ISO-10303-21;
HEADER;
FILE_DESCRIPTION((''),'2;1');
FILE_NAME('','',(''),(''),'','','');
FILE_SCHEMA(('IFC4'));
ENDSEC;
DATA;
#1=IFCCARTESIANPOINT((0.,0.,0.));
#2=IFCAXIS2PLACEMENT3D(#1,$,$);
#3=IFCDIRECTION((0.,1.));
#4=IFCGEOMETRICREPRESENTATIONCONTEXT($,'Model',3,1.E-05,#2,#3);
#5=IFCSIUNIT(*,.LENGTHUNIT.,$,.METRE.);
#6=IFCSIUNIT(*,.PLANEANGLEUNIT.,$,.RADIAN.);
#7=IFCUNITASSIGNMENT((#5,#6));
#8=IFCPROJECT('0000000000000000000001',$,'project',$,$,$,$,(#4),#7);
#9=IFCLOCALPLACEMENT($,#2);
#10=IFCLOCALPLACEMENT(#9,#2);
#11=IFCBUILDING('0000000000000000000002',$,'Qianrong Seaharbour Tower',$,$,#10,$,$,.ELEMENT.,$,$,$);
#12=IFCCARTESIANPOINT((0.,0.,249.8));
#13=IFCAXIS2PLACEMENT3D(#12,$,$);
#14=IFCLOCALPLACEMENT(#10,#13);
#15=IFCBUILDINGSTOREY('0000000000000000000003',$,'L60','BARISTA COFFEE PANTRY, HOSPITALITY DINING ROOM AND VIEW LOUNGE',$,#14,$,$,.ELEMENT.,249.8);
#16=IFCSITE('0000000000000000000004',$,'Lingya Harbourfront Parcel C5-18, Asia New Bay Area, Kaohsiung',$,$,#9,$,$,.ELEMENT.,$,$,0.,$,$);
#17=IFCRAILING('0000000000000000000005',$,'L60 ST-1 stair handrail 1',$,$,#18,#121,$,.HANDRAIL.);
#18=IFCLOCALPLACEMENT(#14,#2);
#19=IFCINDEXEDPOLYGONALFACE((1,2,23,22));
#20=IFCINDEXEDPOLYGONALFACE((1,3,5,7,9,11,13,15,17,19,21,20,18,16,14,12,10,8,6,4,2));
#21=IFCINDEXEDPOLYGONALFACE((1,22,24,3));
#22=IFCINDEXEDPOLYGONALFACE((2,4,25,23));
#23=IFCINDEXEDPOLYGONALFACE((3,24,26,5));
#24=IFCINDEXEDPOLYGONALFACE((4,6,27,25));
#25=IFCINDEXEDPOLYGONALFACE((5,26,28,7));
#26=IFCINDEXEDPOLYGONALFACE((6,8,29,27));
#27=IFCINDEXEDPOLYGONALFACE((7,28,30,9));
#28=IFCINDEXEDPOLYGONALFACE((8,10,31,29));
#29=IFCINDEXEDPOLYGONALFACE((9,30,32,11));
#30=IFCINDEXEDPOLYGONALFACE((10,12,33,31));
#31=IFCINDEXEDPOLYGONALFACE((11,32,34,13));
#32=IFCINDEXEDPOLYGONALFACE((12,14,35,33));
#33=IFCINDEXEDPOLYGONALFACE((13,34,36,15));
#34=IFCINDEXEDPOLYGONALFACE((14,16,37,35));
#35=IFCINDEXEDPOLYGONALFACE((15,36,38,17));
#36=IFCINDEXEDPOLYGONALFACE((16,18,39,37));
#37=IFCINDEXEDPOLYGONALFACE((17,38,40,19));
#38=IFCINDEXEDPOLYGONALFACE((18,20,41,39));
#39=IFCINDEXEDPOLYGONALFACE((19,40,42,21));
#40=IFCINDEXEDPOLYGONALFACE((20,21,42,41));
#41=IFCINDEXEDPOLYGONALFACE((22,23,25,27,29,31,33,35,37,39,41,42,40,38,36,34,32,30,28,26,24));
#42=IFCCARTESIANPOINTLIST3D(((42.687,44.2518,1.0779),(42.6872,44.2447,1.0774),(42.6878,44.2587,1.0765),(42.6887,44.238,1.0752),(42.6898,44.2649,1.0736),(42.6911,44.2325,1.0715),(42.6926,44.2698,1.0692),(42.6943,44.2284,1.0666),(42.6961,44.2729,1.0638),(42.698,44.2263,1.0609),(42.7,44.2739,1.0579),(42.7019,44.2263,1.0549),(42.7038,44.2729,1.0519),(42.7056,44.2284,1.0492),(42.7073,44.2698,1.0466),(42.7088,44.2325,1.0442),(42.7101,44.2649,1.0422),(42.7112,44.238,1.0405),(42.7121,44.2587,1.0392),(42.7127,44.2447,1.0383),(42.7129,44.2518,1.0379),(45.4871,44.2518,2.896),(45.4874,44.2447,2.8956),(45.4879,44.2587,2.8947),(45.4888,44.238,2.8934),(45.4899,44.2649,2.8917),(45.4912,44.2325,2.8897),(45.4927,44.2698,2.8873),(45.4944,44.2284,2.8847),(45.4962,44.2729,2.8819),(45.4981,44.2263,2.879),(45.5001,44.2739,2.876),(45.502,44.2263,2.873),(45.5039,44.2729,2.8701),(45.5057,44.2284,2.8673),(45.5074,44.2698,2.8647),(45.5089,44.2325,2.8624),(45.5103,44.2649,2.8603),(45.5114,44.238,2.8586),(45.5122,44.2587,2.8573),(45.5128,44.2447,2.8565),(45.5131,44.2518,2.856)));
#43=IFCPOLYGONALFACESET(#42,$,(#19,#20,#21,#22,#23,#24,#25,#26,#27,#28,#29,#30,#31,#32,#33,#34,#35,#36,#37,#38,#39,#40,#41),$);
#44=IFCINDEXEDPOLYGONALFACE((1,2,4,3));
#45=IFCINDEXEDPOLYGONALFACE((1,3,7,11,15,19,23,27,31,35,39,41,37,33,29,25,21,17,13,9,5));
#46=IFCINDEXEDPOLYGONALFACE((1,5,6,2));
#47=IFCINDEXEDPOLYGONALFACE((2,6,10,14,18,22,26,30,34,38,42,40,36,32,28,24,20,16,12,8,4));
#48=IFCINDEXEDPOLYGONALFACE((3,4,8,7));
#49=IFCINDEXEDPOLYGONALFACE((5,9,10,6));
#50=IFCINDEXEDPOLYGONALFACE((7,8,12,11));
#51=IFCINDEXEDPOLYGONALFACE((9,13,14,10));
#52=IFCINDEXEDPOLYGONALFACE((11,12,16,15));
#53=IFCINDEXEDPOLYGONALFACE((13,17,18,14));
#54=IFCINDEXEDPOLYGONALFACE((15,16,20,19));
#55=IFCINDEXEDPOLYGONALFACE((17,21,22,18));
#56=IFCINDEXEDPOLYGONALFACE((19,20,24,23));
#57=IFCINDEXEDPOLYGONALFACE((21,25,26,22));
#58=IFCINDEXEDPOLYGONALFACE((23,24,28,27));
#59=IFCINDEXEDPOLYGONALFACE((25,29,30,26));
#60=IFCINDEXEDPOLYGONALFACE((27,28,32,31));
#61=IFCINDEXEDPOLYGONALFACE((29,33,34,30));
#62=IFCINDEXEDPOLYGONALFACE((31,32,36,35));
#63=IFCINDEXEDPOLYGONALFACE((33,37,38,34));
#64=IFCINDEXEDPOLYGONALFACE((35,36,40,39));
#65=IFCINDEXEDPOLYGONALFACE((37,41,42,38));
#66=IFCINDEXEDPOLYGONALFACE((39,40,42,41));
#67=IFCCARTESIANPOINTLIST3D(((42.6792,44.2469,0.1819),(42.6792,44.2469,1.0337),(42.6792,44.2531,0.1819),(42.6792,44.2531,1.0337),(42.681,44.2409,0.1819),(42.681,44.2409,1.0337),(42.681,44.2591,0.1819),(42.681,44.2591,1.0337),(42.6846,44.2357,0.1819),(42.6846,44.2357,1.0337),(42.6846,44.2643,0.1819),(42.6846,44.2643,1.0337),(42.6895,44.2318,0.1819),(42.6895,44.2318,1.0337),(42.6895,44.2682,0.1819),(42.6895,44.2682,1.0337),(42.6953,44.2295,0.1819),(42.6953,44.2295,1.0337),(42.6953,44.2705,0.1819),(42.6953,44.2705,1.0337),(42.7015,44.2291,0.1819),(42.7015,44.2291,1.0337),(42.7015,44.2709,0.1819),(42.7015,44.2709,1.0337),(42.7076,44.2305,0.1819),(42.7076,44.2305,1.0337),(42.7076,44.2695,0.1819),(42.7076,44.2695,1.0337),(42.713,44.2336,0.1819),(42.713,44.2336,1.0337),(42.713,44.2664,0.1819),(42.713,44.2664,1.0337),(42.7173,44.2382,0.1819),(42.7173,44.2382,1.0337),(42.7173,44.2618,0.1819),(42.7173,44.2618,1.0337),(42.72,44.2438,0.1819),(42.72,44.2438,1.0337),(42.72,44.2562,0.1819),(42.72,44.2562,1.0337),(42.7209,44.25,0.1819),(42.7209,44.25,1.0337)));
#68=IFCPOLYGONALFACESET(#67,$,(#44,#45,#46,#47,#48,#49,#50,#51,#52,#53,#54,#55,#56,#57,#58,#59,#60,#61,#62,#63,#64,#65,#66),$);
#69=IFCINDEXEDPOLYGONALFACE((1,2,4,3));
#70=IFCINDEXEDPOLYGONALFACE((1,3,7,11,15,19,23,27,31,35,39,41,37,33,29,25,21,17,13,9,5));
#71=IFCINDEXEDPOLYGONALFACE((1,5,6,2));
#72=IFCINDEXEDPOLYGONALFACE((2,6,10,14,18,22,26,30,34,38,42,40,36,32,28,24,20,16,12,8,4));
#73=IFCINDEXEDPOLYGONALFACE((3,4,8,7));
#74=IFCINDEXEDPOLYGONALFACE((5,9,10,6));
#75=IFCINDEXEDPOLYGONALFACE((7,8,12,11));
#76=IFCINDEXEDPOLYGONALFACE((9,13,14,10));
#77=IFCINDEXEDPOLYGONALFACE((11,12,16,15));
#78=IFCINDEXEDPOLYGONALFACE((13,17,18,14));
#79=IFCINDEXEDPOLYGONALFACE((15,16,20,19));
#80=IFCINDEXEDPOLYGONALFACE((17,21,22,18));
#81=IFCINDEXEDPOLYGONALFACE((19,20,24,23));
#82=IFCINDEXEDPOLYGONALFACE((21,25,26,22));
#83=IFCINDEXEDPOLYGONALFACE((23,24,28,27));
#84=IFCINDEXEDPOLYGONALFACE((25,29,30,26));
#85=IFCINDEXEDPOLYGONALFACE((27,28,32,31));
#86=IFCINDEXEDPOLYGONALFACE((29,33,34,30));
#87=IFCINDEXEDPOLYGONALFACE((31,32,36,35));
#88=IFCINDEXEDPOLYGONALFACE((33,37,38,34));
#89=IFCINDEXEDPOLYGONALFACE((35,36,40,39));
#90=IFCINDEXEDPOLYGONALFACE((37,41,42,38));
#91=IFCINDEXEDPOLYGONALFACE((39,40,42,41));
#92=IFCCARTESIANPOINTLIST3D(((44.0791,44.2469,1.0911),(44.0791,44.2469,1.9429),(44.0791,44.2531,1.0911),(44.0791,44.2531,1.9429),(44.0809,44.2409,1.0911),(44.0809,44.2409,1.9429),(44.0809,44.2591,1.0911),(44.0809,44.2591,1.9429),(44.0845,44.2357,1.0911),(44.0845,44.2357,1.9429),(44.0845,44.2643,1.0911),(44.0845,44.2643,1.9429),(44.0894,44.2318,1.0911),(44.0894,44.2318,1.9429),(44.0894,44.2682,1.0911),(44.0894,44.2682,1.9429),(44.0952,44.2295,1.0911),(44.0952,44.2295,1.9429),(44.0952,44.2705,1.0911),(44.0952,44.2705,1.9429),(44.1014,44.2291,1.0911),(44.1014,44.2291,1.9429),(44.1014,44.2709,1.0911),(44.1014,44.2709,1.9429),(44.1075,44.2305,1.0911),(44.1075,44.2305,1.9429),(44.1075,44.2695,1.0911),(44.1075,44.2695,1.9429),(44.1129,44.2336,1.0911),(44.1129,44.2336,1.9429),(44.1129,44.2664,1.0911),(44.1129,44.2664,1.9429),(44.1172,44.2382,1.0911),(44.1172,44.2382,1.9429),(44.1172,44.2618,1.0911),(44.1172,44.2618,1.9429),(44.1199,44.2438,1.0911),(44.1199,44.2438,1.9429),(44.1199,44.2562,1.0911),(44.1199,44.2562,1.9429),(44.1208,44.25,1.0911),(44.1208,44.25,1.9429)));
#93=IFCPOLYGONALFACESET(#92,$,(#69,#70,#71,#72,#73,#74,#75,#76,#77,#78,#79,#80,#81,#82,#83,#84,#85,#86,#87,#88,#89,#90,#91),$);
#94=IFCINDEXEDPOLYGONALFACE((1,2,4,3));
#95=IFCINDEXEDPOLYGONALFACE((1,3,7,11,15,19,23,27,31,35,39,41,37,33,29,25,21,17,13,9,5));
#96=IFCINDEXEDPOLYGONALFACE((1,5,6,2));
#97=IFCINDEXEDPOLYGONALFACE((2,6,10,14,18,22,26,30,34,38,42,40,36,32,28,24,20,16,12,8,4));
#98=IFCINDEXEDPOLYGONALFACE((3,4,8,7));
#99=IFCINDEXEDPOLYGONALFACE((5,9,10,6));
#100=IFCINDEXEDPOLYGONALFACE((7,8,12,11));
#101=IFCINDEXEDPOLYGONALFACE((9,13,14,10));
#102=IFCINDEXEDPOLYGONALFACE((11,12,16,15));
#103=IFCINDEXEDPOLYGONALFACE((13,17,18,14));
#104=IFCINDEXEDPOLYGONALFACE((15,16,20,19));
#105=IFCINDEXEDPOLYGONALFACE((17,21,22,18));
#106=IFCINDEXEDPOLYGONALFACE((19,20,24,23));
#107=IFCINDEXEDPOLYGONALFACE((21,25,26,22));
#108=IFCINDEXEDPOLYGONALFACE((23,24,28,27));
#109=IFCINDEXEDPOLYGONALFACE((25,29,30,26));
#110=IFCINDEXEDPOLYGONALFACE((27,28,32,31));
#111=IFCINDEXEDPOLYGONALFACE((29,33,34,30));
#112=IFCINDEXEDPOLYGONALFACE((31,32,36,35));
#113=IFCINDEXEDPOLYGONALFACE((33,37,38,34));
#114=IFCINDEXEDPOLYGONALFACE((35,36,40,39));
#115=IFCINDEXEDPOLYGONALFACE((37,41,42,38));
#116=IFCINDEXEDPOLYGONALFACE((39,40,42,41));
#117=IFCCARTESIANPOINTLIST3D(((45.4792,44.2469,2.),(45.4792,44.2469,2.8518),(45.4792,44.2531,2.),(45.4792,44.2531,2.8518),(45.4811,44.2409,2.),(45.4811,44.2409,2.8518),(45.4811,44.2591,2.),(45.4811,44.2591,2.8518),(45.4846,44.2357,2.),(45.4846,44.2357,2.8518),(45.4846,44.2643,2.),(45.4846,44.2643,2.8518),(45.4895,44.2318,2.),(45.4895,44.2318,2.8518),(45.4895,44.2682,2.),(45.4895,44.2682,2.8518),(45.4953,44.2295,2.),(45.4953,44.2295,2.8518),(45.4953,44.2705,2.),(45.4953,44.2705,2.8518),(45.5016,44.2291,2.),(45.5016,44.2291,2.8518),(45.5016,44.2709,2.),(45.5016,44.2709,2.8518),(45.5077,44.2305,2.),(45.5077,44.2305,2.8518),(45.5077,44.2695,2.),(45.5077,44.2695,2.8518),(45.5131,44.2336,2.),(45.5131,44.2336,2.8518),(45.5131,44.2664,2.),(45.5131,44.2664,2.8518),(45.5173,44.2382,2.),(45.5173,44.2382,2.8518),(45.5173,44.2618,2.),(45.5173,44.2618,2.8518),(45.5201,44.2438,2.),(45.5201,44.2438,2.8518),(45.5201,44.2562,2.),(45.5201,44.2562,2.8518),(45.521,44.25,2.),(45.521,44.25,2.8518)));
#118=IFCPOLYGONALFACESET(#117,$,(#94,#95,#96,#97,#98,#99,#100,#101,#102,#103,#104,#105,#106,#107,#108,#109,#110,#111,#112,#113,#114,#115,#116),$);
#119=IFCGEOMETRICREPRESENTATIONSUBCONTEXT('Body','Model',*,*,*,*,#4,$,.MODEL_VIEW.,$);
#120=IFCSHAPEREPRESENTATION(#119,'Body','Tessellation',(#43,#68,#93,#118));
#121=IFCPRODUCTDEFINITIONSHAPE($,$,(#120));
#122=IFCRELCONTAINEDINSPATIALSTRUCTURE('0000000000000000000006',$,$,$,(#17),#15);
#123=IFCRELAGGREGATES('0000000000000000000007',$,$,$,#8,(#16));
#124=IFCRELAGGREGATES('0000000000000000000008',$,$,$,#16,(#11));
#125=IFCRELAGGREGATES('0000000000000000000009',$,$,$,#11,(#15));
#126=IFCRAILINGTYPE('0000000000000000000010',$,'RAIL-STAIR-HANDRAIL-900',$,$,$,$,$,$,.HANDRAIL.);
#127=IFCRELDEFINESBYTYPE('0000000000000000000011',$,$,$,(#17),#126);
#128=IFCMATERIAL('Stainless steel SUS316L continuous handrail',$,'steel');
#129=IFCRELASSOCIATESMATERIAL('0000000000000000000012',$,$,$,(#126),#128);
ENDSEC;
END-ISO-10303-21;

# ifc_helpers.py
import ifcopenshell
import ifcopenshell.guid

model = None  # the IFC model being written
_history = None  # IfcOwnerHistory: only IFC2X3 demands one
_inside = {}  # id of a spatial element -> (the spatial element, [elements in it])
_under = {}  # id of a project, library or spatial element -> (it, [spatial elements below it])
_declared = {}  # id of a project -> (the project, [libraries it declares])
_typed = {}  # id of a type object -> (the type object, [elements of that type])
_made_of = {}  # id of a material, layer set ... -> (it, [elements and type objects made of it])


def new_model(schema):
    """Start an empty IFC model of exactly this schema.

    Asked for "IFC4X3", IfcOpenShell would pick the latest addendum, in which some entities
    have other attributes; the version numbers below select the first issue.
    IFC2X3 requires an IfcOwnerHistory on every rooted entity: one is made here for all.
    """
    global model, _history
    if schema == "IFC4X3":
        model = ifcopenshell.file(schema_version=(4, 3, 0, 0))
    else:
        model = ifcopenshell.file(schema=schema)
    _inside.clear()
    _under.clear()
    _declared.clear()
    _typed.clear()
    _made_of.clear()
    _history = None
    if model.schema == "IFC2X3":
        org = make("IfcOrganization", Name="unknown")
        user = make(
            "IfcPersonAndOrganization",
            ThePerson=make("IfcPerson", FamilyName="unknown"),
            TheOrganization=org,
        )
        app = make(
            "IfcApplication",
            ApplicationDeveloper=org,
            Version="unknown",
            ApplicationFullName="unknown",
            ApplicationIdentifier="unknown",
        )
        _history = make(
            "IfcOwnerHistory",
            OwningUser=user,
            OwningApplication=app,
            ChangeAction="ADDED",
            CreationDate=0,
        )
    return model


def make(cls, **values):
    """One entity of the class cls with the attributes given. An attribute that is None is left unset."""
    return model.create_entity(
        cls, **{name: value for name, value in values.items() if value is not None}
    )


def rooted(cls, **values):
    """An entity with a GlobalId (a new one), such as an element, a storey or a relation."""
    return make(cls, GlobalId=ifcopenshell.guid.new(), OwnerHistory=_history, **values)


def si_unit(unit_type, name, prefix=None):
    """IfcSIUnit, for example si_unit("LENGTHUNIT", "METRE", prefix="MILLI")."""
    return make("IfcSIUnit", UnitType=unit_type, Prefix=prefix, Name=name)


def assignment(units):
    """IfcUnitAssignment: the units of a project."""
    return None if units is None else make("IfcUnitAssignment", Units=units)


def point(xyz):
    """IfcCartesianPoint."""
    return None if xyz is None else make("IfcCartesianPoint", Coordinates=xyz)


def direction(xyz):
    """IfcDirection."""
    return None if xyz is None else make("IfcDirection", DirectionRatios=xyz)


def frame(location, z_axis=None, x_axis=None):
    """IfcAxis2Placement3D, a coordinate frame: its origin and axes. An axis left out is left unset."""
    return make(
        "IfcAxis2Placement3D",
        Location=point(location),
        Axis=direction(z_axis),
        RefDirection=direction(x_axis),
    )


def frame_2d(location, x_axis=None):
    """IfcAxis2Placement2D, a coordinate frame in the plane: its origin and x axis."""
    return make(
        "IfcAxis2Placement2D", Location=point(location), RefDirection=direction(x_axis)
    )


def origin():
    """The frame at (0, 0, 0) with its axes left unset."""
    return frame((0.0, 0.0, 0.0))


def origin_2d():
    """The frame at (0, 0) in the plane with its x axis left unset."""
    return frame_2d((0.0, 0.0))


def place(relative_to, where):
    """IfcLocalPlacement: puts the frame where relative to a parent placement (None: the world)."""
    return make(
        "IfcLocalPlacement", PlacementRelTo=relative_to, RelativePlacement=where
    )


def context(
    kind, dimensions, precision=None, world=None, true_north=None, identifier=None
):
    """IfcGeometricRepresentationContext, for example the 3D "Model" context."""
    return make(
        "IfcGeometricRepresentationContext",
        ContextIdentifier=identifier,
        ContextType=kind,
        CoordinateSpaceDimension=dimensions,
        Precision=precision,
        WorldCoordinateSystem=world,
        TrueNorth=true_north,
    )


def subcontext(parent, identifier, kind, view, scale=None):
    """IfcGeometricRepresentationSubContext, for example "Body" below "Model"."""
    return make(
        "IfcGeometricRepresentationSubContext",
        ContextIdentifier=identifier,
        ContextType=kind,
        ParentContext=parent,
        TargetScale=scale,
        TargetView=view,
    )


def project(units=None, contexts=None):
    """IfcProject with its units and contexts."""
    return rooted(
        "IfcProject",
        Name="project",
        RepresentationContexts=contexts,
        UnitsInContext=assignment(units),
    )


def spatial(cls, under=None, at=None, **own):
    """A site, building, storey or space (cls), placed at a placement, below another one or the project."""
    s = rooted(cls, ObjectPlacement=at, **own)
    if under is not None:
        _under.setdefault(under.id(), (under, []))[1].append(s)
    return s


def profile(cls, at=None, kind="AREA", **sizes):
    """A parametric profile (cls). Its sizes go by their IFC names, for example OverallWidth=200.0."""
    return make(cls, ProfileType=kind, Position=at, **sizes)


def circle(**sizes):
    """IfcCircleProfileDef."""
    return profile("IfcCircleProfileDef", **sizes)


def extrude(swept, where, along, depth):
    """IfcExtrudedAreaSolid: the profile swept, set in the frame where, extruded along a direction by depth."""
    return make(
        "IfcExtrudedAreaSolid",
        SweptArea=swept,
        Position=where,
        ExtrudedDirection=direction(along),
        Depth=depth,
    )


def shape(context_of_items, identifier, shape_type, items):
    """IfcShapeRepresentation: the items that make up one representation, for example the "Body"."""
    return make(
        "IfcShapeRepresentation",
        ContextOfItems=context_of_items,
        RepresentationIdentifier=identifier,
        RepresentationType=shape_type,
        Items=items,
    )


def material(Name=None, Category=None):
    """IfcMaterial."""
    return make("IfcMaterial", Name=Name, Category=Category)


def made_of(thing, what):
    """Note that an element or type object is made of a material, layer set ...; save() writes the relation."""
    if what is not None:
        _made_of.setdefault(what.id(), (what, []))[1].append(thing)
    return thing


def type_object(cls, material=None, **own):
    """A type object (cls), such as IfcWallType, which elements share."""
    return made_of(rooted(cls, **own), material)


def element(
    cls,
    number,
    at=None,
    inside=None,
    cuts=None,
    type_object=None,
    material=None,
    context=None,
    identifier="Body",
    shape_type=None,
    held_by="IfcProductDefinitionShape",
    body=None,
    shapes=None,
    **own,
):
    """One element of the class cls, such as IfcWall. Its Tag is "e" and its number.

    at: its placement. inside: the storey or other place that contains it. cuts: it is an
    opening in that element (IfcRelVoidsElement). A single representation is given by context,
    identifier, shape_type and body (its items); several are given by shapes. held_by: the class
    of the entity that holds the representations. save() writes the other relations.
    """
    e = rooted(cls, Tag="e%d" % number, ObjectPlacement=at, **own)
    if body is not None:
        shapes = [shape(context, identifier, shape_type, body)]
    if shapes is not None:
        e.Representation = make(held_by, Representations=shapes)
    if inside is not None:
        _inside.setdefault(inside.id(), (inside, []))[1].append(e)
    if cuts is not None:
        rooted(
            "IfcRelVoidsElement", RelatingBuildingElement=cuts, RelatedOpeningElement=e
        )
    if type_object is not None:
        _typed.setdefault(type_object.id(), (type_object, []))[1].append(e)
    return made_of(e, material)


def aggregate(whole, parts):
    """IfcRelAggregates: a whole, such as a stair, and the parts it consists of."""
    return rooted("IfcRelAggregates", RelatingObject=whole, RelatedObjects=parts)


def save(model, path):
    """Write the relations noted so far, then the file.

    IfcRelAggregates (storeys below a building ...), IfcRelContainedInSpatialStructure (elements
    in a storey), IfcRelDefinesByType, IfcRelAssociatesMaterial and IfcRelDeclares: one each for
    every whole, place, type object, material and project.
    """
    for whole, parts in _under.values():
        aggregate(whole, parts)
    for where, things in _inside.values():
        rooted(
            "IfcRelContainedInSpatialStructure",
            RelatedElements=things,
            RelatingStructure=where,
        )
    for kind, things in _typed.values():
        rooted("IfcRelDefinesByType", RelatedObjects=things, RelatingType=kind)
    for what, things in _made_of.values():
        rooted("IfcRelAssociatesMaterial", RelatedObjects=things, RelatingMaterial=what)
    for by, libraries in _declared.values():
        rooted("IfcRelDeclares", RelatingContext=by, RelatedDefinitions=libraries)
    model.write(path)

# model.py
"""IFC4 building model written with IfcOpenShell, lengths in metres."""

from ifc_helpers import new_model, si_unit, direction, frame, origin, origin_2d, place, context, subcontext, project, spatial, circle, extrude, material, type_object, element, save


model = new_model("IFC4")

# Units and contexts
model_context = context("Model", 3, precision=1e-05, world=origin(), true_north=direction((0.0, 1.0)))
body_context = subcontext(model_context, "Body", "Model", "MODEL_VIEW")
ifc_project = project(units=[si_unit("LENGTHUNIT", "METRE"), si_unit("PLANEANGLEUNIT", "RADIAN")], contexts=[model_context])

# Site, building, storey
site_placement = place(None, origin())
site = spatial("IfcSite", under=ifc_project, at=site_placement, Name="Lingya Harbourfront Parcel C5-18, Asia New Bay Area, Kaohsiung", CompositionType="ELEMENT", RefElevation=0.0)
building_placement = place(site_placement, origin())
building = spatial("IfcBuilding", under=site, at=building_placement, Name="Qianrong Seaharbour Tower", CompositionType="ELEMENT")
storey_placement = place(building_placement, frame((0.0, 0.0, 249.8)))
storey = spatial("IfcBuildingStorey", under=building, at=storey_placement, Name="L60", Description="BARISTA COFFEE PANTRY, HOSPITALITY DINING ROOM AND VIEW LOUNGE", CompositionType="ELEMENT", Elevation=249.8)

# Railing
ifc_material_1 = material(Name="Stainless steel SUS316L continuous handrail", Category="steel")
railing_type_1 = type_object("IfcRailingType", Name="RAIL-STAIR-HANDRAIL-900", PredefinedType="HANDRAIL", material=ifc_material_1)
railing_1_placement = place(storey_placement, frame((42.7, 44.25, 0.1819)))
element("IfcRailing", 1, at=railing_1_placement, inside=storey, type_object=railing_type_1, Name="L60 ST-1 stair handrail 1", PredefinedType="HANDRAIL", context=body_context, shape_type="SweptSolid", body=[
    extrude(circle(Radius=0.0239, at=origin_2d()), frame((0.0, 0.0, 0.876), z_axis=(0.838706, 0.0, 0.544585), x_axis=(0.0, 1.0, 0.0)), (0.0, 0.0, 1.0), 3.3386),
    extrude(circle(Radius=0.021, at=origin_2d()), origin(), (0.0, 0.0, 1.0), 0.8518),
    extrude(circle(Radius=0.021, at=origin_2d()), frame((1.3999, 0.0, 0.9092)), (0.0, 0.0, 1.0), 0.8518),
    extrude(circle(Radius=0.021, at=origin_2d()), frame((2.8, 0.0, 1.8181)), (0.0, 0.0, 1.0), 0.8518),
])

save(model, "model.ifc")
